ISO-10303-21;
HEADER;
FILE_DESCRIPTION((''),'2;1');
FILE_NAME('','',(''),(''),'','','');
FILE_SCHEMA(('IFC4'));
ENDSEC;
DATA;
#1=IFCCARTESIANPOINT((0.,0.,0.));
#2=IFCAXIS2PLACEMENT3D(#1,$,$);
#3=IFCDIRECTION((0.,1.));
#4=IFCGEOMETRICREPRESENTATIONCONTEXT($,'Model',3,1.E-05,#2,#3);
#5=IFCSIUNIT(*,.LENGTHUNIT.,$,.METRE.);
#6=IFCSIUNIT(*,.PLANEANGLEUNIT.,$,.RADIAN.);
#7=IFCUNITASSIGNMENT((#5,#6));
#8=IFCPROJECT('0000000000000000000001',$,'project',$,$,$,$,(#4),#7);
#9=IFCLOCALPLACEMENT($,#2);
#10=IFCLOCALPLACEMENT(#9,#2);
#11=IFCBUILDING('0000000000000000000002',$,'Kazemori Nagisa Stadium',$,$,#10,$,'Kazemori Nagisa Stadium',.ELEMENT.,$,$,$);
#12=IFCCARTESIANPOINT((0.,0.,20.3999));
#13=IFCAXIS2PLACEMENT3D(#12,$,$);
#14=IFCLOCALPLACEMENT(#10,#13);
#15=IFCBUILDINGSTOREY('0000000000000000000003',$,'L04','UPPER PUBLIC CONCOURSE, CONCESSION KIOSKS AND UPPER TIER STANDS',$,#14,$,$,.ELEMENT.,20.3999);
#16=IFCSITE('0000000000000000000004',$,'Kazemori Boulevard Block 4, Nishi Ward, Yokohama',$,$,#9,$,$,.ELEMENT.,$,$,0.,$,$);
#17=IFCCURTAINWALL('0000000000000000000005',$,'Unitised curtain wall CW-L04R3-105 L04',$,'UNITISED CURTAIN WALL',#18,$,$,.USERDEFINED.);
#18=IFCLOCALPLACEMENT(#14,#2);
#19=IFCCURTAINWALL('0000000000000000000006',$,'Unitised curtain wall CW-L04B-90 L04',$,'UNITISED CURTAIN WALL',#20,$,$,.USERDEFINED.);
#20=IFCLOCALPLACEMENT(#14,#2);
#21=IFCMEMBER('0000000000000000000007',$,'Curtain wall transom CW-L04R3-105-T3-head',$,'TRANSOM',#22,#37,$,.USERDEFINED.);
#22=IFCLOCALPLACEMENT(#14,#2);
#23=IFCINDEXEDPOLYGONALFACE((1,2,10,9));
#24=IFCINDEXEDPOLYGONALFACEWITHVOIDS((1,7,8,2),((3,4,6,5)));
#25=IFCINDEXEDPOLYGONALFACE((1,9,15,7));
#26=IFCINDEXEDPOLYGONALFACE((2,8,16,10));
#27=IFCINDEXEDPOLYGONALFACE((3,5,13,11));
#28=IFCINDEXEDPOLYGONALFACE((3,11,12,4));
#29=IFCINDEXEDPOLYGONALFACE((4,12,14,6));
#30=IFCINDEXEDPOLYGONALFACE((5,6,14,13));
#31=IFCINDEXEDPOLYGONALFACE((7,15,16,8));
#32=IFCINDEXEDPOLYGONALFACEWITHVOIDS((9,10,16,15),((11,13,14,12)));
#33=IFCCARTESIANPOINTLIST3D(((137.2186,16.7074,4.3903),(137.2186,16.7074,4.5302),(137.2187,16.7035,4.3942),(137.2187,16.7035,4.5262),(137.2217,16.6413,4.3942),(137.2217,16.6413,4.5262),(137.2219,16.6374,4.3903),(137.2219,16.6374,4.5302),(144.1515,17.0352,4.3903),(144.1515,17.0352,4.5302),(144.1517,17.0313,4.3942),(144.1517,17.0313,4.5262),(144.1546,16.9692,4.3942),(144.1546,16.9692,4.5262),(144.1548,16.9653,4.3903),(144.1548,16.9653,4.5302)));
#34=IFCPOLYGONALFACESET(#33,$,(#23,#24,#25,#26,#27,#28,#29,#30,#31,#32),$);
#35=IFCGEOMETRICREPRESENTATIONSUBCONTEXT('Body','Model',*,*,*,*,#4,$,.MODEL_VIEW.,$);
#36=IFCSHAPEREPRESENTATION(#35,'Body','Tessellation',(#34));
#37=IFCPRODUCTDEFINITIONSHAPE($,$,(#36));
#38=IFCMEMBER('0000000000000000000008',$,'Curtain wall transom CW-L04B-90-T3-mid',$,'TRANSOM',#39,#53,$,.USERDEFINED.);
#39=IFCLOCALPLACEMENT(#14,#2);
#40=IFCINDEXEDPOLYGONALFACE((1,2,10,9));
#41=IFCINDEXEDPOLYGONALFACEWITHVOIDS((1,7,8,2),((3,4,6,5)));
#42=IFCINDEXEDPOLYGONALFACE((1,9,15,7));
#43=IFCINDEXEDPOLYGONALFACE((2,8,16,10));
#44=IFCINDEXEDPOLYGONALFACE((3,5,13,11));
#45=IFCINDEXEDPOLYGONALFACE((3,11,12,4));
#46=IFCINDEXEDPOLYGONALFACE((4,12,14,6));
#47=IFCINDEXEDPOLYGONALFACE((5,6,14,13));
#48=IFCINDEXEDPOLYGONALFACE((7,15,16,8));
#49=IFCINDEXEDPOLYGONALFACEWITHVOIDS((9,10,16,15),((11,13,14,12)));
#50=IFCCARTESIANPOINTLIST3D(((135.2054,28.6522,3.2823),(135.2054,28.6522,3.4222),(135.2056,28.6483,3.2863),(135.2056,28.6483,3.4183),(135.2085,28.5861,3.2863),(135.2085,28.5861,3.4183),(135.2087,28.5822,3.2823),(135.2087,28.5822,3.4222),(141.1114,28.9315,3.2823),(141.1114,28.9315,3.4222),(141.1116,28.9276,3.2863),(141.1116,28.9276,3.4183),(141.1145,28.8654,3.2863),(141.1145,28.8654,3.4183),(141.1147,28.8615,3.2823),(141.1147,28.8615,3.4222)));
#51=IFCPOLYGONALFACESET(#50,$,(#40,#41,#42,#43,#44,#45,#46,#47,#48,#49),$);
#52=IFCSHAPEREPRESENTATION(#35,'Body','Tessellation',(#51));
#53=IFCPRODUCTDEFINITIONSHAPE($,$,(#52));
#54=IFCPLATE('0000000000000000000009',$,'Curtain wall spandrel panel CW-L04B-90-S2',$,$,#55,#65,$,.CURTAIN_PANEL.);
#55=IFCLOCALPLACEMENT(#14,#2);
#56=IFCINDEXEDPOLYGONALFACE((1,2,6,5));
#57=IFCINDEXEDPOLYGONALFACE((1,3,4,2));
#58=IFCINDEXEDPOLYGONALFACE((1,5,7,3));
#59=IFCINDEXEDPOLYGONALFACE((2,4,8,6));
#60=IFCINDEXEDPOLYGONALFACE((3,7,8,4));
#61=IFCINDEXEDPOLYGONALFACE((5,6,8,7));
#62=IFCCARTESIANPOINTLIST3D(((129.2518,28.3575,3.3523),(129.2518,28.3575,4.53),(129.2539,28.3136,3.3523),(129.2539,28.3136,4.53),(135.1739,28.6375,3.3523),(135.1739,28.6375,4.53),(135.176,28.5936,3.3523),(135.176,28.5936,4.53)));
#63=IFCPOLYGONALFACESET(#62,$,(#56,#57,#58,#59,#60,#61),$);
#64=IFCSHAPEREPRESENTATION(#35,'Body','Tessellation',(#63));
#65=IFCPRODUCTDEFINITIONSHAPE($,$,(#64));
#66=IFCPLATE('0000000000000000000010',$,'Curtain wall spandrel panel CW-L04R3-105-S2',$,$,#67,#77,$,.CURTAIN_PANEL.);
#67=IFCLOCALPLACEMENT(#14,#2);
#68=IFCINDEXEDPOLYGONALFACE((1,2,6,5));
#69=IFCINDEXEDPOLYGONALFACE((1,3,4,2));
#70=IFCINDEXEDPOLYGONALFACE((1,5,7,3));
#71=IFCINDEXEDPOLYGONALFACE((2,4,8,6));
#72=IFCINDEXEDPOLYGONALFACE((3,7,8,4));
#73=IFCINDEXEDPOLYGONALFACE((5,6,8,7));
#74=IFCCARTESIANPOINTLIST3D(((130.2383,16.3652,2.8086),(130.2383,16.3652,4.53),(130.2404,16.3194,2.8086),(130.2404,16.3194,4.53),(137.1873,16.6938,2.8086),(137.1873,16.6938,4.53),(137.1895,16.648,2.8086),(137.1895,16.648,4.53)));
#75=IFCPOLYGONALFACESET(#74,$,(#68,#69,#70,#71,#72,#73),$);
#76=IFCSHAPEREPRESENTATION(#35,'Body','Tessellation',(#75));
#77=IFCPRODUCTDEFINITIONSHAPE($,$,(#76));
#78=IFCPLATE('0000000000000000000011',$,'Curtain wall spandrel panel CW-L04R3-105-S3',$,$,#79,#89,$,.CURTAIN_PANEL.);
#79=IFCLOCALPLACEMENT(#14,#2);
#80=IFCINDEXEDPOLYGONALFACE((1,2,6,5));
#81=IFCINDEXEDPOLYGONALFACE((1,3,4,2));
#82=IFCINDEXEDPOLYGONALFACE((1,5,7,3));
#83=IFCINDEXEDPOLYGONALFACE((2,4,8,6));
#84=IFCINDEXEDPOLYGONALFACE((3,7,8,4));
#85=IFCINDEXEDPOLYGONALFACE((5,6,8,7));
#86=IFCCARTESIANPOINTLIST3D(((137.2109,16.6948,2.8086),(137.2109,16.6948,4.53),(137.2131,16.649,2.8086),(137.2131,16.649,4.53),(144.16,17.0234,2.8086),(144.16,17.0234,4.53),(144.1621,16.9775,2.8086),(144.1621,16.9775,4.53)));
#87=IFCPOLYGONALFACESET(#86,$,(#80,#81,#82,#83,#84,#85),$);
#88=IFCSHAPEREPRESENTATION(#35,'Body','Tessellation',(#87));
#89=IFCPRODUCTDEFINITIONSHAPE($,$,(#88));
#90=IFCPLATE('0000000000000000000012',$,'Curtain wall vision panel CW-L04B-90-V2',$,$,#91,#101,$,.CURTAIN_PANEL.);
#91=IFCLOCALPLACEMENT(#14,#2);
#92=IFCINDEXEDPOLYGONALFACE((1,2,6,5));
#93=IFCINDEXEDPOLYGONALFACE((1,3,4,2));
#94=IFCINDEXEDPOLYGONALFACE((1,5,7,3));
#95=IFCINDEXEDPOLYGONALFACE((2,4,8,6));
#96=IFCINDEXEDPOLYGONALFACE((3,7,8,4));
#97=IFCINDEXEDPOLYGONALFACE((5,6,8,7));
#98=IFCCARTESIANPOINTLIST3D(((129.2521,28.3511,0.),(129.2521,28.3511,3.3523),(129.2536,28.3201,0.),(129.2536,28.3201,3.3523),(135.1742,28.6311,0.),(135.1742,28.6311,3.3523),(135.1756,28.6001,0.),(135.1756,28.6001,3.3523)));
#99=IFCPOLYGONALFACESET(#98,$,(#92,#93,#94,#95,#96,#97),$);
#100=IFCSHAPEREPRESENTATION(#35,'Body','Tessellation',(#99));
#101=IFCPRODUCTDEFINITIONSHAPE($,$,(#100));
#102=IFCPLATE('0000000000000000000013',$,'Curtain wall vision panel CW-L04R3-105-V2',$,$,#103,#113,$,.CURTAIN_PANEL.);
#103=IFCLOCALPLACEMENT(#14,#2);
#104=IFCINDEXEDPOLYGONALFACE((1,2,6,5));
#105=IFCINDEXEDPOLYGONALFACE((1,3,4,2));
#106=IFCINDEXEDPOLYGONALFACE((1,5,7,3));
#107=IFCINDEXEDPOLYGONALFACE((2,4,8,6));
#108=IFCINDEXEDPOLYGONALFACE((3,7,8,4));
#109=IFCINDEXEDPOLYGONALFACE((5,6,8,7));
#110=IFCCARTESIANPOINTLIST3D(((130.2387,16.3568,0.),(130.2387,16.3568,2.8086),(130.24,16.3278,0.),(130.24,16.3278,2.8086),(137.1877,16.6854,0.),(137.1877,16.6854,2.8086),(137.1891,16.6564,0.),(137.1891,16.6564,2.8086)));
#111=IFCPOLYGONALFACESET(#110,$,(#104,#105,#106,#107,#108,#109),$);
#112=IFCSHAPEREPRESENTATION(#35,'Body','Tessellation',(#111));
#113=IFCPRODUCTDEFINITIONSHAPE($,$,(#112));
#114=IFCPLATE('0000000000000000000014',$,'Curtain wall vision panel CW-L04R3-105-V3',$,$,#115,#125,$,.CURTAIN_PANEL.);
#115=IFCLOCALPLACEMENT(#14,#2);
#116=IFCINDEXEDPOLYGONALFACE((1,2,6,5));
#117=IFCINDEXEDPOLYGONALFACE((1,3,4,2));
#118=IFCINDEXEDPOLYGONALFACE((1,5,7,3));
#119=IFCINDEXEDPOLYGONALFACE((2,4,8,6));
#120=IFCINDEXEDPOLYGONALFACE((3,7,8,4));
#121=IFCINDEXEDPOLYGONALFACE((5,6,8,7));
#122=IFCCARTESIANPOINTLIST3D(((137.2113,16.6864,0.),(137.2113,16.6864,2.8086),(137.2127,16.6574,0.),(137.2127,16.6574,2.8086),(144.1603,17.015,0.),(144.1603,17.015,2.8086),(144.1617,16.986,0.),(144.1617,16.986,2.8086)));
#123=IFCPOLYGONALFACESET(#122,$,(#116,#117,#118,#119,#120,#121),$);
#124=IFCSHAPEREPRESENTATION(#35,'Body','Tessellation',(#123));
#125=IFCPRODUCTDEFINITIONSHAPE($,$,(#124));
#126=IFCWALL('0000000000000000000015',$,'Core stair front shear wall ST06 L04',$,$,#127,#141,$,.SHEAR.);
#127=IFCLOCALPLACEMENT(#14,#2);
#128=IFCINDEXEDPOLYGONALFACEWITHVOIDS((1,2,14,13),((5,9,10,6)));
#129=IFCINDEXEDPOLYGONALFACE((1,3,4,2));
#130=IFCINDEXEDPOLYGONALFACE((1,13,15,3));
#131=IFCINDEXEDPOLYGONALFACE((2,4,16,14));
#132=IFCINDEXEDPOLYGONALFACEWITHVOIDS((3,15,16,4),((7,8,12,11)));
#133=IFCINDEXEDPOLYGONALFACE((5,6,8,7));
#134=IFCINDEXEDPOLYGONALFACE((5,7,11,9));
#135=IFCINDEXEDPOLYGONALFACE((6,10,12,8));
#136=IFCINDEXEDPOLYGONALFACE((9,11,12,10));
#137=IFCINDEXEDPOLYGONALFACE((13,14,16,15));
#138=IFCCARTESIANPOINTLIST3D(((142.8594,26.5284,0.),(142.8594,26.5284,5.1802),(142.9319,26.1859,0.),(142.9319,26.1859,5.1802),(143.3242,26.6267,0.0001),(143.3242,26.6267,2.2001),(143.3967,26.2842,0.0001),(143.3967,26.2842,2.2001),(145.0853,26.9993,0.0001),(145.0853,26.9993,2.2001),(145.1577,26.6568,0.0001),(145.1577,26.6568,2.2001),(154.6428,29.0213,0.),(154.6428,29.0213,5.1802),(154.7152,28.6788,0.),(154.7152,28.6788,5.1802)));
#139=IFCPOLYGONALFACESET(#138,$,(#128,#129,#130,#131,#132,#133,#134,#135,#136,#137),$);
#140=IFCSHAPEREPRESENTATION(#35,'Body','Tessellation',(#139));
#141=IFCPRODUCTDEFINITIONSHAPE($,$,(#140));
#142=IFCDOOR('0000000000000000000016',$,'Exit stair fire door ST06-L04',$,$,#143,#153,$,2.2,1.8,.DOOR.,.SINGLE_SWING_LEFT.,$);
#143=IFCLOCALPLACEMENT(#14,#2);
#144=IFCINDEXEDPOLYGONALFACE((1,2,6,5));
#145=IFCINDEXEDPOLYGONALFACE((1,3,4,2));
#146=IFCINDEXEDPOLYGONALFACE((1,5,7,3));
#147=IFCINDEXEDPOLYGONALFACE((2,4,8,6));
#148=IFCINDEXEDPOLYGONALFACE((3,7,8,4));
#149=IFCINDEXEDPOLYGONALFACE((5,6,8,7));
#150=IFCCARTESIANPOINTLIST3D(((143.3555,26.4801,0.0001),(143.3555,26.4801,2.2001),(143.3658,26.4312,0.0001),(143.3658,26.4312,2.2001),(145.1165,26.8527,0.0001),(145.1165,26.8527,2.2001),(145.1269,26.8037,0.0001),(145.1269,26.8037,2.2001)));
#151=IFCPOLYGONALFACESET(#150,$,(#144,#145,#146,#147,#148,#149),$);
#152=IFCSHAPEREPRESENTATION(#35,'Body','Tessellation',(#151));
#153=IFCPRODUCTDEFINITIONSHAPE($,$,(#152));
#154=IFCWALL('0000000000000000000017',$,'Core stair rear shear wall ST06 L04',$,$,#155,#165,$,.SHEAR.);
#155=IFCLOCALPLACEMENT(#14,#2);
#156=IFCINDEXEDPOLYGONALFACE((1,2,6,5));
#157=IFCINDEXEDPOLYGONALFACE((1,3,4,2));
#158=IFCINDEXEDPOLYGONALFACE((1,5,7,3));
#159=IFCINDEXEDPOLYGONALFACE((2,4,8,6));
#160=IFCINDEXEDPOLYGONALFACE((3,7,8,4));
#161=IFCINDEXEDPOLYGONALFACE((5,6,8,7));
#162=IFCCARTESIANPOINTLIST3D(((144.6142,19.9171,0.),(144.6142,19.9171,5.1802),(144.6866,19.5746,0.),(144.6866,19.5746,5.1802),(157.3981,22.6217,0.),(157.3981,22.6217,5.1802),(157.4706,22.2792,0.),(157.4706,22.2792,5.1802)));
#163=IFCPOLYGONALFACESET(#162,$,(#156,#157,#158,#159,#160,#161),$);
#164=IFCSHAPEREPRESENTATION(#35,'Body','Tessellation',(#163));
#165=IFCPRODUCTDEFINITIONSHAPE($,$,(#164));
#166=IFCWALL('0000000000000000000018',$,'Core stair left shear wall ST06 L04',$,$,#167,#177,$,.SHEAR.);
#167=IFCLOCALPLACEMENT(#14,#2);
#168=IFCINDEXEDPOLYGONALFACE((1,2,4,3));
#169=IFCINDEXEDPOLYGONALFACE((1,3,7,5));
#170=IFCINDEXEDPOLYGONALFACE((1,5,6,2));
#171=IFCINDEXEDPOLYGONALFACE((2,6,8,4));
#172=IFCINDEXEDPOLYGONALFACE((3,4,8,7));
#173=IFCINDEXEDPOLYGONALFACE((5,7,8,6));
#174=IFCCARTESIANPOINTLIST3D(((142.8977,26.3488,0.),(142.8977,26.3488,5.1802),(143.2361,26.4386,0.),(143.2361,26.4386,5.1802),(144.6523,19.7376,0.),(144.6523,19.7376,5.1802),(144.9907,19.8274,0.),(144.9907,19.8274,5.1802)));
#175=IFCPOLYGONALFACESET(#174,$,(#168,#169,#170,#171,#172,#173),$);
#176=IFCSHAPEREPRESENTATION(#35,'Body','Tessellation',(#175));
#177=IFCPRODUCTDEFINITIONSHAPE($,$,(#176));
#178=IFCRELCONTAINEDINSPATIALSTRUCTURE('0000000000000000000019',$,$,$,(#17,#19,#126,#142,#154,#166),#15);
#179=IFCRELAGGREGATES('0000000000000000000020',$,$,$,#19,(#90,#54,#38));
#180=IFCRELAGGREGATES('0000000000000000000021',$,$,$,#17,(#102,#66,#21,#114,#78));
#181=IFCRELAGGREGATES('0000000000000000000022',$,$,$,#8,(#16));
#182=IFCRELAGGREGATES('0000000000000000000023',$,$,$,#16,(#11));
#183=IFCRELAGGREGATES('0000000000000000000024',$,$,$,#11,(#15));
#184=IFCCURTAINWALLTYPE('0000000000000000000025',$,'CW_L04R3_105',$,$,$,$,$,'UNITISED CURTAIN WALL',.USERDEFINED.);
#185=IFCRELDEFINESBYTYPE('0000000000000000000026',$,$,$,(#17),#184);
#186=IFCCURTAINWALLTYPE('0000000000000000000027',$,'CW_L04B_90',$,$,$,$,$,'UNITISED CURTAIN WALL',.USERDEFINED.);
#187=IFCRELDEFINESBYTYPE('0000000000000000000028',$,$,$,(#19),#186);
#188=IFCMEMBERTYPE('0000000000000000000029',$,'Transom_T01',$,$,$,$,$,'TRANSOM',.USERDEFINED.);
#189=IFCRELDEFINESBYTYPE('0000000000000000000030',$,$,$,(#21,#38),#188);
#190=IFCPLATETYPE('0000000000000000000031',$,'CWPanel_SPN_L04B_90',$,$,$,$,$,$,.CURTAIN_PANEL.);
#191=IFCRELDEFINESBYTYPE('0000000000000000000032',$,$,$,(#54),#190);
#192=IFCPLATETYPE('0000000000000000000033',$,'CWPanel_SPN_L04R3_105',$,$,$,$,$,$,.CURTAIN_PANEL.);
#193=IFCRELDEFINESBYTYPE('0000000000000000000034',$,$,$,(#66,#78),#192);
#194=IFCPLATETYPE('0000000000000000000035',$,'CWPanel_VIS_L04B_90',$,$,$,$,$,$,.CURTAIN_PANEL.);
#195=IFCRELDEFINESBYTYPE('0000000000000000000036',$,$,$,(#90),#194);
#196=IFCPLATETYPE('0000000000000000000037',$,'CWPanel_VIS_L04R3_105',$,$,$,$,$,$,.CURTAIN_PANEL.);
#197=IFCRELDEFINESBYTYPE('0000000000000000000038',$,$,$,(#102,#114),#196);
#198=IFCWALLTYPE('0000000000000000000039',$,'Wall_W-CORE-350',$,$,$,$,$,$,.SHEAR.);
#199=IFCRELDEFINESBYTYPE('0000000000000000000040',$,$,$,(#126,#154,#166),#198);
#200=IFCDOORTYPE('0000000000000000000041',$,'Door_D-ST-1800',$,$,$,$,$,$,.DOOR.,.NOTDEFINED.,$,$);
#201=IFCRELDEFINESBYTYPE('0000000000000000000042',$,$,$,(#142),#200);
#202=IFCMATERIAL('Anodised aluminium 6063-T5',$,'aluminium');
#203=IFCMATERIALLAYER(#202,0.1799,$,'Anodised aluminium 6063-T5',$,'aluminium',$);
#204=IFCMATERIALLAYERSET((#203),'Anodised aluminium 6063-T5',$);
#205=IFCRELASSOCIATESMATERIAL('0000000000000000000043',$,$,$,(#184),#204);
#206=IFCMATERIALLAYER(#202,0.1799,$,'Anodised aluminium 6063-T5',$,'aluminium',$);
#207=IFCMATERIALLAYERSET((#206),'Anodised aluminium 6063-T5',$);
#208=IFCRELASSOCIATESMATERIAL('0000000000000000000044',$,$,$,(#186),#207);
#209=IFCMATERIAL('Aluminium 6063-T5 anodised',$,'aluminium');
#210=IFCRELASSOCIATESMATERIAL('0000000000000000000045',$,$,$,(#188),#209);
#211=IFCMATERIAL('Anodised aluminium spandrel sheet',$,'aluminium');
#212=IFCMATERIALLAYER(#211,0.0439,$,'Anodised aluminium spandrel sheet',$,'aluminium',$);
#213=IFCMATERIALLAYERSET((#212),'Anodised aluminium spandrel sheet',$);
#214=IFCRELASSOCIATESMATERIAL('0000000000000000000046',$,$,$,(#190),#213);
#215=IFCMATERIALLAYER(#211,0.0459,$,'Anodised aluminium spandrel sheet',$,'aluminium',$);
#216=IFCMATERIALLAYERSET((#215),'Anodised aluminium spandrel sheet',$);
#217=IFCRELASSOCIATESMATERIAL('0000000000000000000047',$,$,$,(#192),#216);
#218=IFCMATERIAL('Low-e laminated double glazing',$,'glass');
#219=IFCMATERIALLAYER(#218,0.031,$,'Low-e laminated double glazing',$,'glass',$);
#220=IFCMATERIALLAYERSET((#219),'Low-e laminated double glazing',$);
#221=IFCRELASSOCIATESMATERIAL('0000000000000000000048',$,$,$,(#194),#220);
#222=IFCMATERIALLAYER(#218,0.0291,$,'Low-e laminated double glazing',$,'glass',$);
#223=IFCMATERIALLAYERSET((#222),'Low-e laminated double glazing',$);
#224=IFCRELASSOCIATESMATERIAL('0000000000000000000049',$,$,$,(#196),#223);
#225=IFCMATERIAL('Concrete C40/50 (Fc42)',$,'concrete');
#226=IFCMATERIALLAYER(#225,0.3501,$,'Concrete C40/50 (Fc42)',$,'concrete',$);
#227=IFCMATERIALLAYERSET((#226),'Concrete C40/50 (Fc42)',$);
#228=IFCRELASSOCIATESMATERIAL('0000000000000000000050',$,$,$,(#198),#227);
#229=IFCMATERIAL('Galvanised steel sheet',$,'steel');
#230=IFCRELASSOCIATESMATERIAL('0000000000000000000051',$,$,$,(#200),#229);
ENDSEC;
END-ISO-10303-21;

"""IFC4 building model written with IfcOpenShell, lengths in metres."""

from ifc_helpers import new_model, si_unit, direction, frame, frame_2d, origin, origin_2d, place, context, subcontext, project, spatial, rectangle, hollow_rectangle, extrude, material, layer, layer_set, material_profile, profile_set, type_object, element, fill, aggregate, save


model = new_model("IFC4")

# Units and contexts
model_context = context("Model", 3, precision=1e-05, world=origin(), true_north=direction((0.0, 1.0)))
body_context = subcontext(model_context, "Body", "Model", "MODEL_VIEW")
ifc_project = project(units=[si_unit("LENGTHUNIT", "METRE"), si_unit("PLANEANGLEUNIT", "RADIAN")], contexts=[model_context])

# Site, building, storey
site_placement = place(None, origin())
site = spatial("IfcSite", under=ifc_project, at=site_placement, Name="Kazemori Boulevard Block 4, Nishi Ward, Yokohama", CompositionType="ELEMENT", RefElevation=0.0)
building_placement = place(site_placement, origin())
building = spatial("IfcBuilding", under=site, at=building_placement, Name="Kazemori Nagisa Stadium", LongName="Kazemori Nagisa Stadium", CompositionType="ELEMENT")
storey_placement = place(building_placement, frame((0.0, 0.0, 20.3999)))
storey = spatial("IfcBuildingStorey", under=building, at=storey_placement, Name="L04", Description="UPPER PUBLIC CONCOURSE, CONCESSION KIOSKS AND UPPER TIER STANDS", CompositionType="ELEMENT", Elevation=20.3999)

# Curtain wall
ifc_material_1 = material(Name="Anodised aluminium 6063-T5", Category="aluminium")
ifc_layer_1 = layer(ifc_material_1, 0.1799, Name="Anodised aluminium 6063-T5", Category="aluminium")
ifc_layer_set_1 = layer_set([ifc_layer_1], Name="Anodised aluminium 6063-T5")
curtain_wall_type_1 = type_object("IfcCurtainWallType", Name="CW_L04R3_105", ElementType="UNITISED CURTAIN WALL", PredefinedType="USERDEFINED", material=ifc_layer_set_1)
curtain_wall_1_placement = place(storey_placement, origin())
curtain_wall_1 = element("IfcCurtainWall", 1, at=curtain_wall_1_placement, inside=storey, type_object=curtain_wall_type_1, Name="Unitised curtain wall CW-L04R3-105 L04", ObjectType="UNITISED CURTAIN WALL", PredefinedType="USERDEFINED")
ifc_material_2 = material(Name="Aluminium 6063-T5 anodised", Category="aluminium")

# Curtain wall
ifc_layer_2 = layer(ifc_material_1, 0.1799, Name="Anodised aluminium 6063-T5", Category="aluminium")
ifc_layer_set_2 = layer_set([ifc_layer_2], Name="Anodised aluminium 6063-T5")
curtain_wall_type_2 = type_object("IfcCurtainWallType", Name="CW_L04B_90", ElementType="UNITISED CURTAIN WALL", PredefinedType="USERDEFINED", material=ifc_layer_set_2)
curtain_wall_2_placement = place(storey_placement, origin())
curtain_wall_2 = element("IfcCurtainWall", 2, at=curtain_wall_2_placement, inside=storey, type_object=curtain_wall_type_2, Name="Unitised curtain wall CW-L04B-90 L04", ObjectType="UNITISED CURTAIN WALL", PredefinedType="USERDEFINED")

# Members
ifc_material_profile_1 = material_profile(ifc_material_2, hollow_rectangle(XDim=0.0701, YDim=0.1399, WallThickness=0.0039, at=origin_2d()), Name="ALU-TRAN-70x140x4")
ifc_profile_set_1 = profile_set([ifc_material_profile_1], Name="Aluminium 6063-T5 anodised")
member_type_1 = type_object("IfcMemberType", Name="Transom_T01", ElementType="TRANSOM", PredefinedType="USERDEFINED", material=ifc_profile_set_1)
member_1_placement = place(storey_placement, frame((137.2202, 16.6724, 4.4602), z_axis=(0.998884, 0.047241, 0.0), x_axis=(-0.047241, 0.998884, 0.0)))
member_1 = element("IfcMember", 3, at=member_1_placement, type_object=member_type_1, Name="Curtain wall transom CW-L04R3-105-T3-head", ObjectType="TRANSOM", PredefinedType="USERDEFINED", context=body_context, shape_type="SweptSolid", body=[
    extrude(hollow_rectangle(XDim=0.0701, YDim=0.1399, WallThickness=0.0039, at=origin_2d()), origin(), (0.0, 0.0, 1.0), 6.9407),
])
member_2_placement = place(storey_placement, frame((135.207, 28.6172, 3.3523), z_axis=(0.998884, 0.047238, 0.0), x_axis=(-0.047238, 0.998884, 0.0)))
member_2 = element("IfcMember", 4, at=member_2_placement, type_object=member_type_1, Name="Curtain wall transom CW-L04B-90-T3-mid", ObjectType="TRANSOM", PredefinedType="USERDEFINED", context=body_context, shape_type="SweptSolid", body=[
    extrude(hollow_rectangle(XDim=0.0701, YDim=0.1399, WallThickness=0.0039, at=origin_2d()), origin(), (0.0, 0.0, 1.0), 5.9126),
])

# Plates
ifc_material_3 = material(Name="Anodised aluminium spandrel sheet", Category="aluminium")
ifc_layer_3 = layer(ifc_material_3, 0.0439, Name="Anodised aluminium spandrel sheet", Category="aluminium")
ifc_layer_set_3 = layer_set([ifc_layer_3], Name="Anodised aluminium spandrel sheet")
plate_type_1 = type_object("IfcPlateType", Name="CWPanel_SPN_L04B_90", PredefinedType="CURTAIN_PANEL", material=ifc_layer_set_3)
plate_1_placement = place(storey_placement, frame((132.2139, 28.4756, 3.3523), z_axis=(0.0, 0.0, 1.0), x_axis=(0.998884, 0.04723, 0.0)))
plate_1 = element("IfcPlate", 5, at=plate_1_placement, type_object=plate_type_1, Name="Curtain wall spandrel panel CW-L04B-90-S2", PredefinedType="CURTAIN_PANEL", context=body_context, shape_type="SweptSolid", body=[
    extrude(rectangle(XDim=5.9287, YDim=0.0439, at=origin_2d()), origin(), (0.0, 0.0, 1.0), 1.1777),
])
ifc_layer_4 = layer(ifc_material_3, 0.0459, Name="Anodised aluminium spandrel sheet", Category="aluminium")
ifc_layer_set_4 = layer_set([ifc_layer_4], Name="Anodised aluminium spandrel sheet")
plate_type_2 = type_object("IfcPlateType", Name="CWPanel_SPN_L04R3_105", PredefinedType="CURTAIN_PANEL", material=ifc_layer_set_4)
plate_2_placement = place(storey_placement, frame((133.7139, 16.5066, 2.8086), z_axis=(0.0, 0.0, 1.0), x_axis=(0.998884, 0.04723, 0.0)))
plate_2 = element("IfcPlate", 6, at=plate_2_placement, type_object=plate_type_2, Name="Curtain wall spandrel panel CW-L04R3-105-S2", PredefinedType="CURTAIN_PANEL", context=body_context, shape_type="SweptSolid", body=[
    extrude(rectangle(XDim=6.9568, YDim=0.0459, at=origin_2d()), origin(), (0.0, 0.0, 1.0), 1.7214),
])
plate_3_placement = place(storey_placement, frame((140.6865, 16.8362, 2.8086), z_axis=(0.0, 0.0, 1.0), x_axis=(0.998884, 0.04723, 0.0)))
plate_3 = element("IfcPlate", 7, at=plate_3_placement, type_object=plate_type_2, Name="Curtain wall spandrel panel CW-L04R3-105-S3", PredefinedType="CURTAIN_PANEL", context=body_context, shape_type="SweptSolid", body=[
    extrude(rectangle(XDim=6.9568, YDim=0.0459, at=origin_2d()), origin(), (0.0, 0.0, 1.0), 1.7214),
])
ifc_material_4 = material(Name="Low-e laminated double glazing", Category="glass")
ifc_layer_5 = layer(ifc_material_4, 0.031, Name="Low-e laminated double glazing", Category="glass")
ifc_layer_set_5 = layer_set([ifc_layer_5], Name="Low-e laminated double glazing")
plate_type_3 = type_object("IfcPlateType", Name="CWPanel_VIS_L04B_90", PredefinedType="CURTAIN_PANEL", material=ifc_layer_set_5)
plate_4_placement = place(storey_placement, frame((132.2139, 28.4756, 0.0), z_axis=(0.0, 0.0, 1.0), x_axis=(0.998884, 0.04723, 0.0)))
plate_4 = element("IfcPlate", 8, at=plate_4_placement, type_object=plate_type_3, Name="Curtain wall vision panel CW-L04B-90-V2", PredefinedType="CURTAIN_PANEL", context=body_context, shape_type="SweptSolid", body=[
    extrude(rectangle(XDim=5.9287, YDim=0.031, at=origin_2d()), origin(), (0.0, 0.0, 1.0), 3.3523),
])
aggregate(curtain_wall_2, [plate_4, plate_1, member_2])
ifc_layer_6 = layer(ifc_material_4, 0.0291, Name="Low-e laminated double glazing", Category="glass")
ifc_layer_set_6 = layer_set([ifc_layer_6], Name="Low-e laminated double glazing")
plate_type_4 = type_object("IfcPlateType", Name="CWPanel_VIS_L04R3_105", PredefinedType="CURTAIN_PANEL", material=ifc_layer_set_6)
plate_5_placement = place(storey_placement, frame((133.7139, 16.5066, 0.0), z_axis=(0.0, 0.0, 1.0), x_axis=(0.998884, 0.04723, 0.0)))
plate_5 = element("IfcPlate", 9, at=plate_5_placement, type_object=plate_type_4, Name="Curtain wall vision panel CW-L04R3-105-V2", PredefinedType="CURTAIN_PANEL", context=body_context, shape_type="SweptSolid", body=[
    extrude(rectangle(XDim=6.9568, YDim=0.0291, at=origin_2d()), origin(), (0.0, 0.0, 1.0), 2.8086),
])
plate_6_placement = place(storey_placement, frame((140.6865, 16.8362, 0.0), z_axis=(0.0, 0.0, 1.0), x_axis=(0.998884, 0.04723, 0.0)))
plate_6 = element("IfcPlate", 10, at=plate_6_placement, type_object=plate_type_4, Name="Curtain wall vision panel CW-L04R3-105-V3", PredefinedType="CURTAIN_PANEL", context=body_context, shape_type="SweptSolid", body=[
    extrude(rectangle(XDim=6.9568, YDim=0.0291, at=origin_2d()), origin(), (0.0, 0.0, 1.0), 2.8086),
])
aggregate(curtain_wall_1, [plate_5, plate_2, member_1, plate_6, plate_3])

# Wall, opening, door
ifc_material_5 = material(Name="Concrete C40/50 (Fc42)", Category="concrete")
ifc_layer_7 = layer(ifc_material_5, 0.3501, Name="Concrete C40/50 (Fc42)", Category="concrete")
ifc_layer_set_7 = layer_set([ifc_layer_7], Name="Concrete C40/50 (Fc42)")
wall_type_1 = type_object("IfcWallType", Name="Wall_W-CORE-350", PredefinedType="SHEAR", material=ifc_layer_set_7)
wall_1_placement = place(storey_placement, frame((142.8958, 26.3572, 0.0), z_axis=(0.0, 0.0, 1.0), x_axis=(0.978345, 0.20698, 0.0)))
wall_1 = element("IfcWall", 11, at=wall_1_placement, inside=storey, type_object=wall_type_1, Name="Core stair front shear wall ST06 L04", PredefinedType="SHEAR", context=body_context, shape_type="SweptSolid", body=[
    extrude(rectangle(XDim=12.0442, YDim=0.3501, at=frame_2d((6.022, 0.0))), origin(), (0.0, 0.0, 1.0), 5.1802),
])
opening_placement = place(wall_1_placement, frame((0.4751, 0.0, 0.0)))
opening = element("IfcOpeningElement", 12, at=opening_placement, cuts=wall_1, PredefinedType="OPENING", context=body_context, shape_type="SweptSolid", body=[
    extrude(rectangle(XDim=1.8, YDim=2.2, at=frame_2d((0.8999, 1.1001))), frame((0.0, 0.1851, 0.0), z_axis=(0.0, -1.0, 0.0), x_axis=(1.0, 0.0, 0.0)), (0.0, 0.0, 1.0), 0.3701),
])
ifc_material_6 = material(Name="Galvanised steel sheet", Category="steel")
door_type = type_object("IfcDoorType", Name="Door_D-ST-1800", OperationType="NOTDEFINED", PredefinedType="DOOR", material=ifc_material_6)
door_placement = place(opening_placement, frame((1.8, 0.0, 0.0), z_axis=(0.0, 0.0, 1.0), x_axis=(-1.0, 0.0, 0.0)))
door = element("IfcDoor", 13, at=door_placement, inside=storey, type_object=door_type, Name="Exit stair fire door ST06-L04", OperationType="SINGLE_SWING_LEFT", OverallHeight=2.2, OverallWidth=1.8, PredefinedType="DOOR", context=body_context, shape_type="SweptSolid", body=[
    extrude(rectangle(XDim=1.8, YDim=2.2, at=frame_2d((0.8999, 1.1001))), frame((0.0, 0.0249, 0.0), z_axis=(0.0, -1.0, 0.0), x_axis=(1.0, 0.0, 0.0)), (0.0, 0.0, 1.0), 0.05),
])
fill(opening, door)

# Walls
wall_2_placement = place(storey_placement, frame((144.6504, 19.7458, 0.0), z_axis=(0.0, 0.0, 1.0), x_axis=(0.978345, 0.20698, 0.0)))
element("IfcWall", 14, at=wall_2_placement, inside=storey, type_object=wall_type_1, Name="Core stair rear shear wall ST06 L04", PredefinedType="SHEAR", context=body_context, shape_type="SweptSolid", body=[
    extrude(rectangle(XDim=13.0669, YDim=0.3501, at=frame_2d((6.5334, 0.0))), origin(), (0.0, 0.0, 1.0), 5.1802),
])
wall_3_placement = place(storey_placement, frame((143.0669, 26.3936, 0.0), z_axis=(0.0, 0.0, 1.0), x_axis=(0.256518, -0.966539, 0.0)))
element("IfcWall", 15, at=wall_3_placement, inside=storey, type_object=wall_type_1, Name="Core stair left shear wall ST06 L04", PredefinedType="SHEAR", context=body_context, shape_type="SweptSolid", body=[
    extrude(rectangle(XDim=6.8401, YDim=0.3501, at=frame_2d((3.4199, 0.0))), origin(), (0.0, 0.0, 1.0), 5.1802),
])

save(model, "model.ifc")
